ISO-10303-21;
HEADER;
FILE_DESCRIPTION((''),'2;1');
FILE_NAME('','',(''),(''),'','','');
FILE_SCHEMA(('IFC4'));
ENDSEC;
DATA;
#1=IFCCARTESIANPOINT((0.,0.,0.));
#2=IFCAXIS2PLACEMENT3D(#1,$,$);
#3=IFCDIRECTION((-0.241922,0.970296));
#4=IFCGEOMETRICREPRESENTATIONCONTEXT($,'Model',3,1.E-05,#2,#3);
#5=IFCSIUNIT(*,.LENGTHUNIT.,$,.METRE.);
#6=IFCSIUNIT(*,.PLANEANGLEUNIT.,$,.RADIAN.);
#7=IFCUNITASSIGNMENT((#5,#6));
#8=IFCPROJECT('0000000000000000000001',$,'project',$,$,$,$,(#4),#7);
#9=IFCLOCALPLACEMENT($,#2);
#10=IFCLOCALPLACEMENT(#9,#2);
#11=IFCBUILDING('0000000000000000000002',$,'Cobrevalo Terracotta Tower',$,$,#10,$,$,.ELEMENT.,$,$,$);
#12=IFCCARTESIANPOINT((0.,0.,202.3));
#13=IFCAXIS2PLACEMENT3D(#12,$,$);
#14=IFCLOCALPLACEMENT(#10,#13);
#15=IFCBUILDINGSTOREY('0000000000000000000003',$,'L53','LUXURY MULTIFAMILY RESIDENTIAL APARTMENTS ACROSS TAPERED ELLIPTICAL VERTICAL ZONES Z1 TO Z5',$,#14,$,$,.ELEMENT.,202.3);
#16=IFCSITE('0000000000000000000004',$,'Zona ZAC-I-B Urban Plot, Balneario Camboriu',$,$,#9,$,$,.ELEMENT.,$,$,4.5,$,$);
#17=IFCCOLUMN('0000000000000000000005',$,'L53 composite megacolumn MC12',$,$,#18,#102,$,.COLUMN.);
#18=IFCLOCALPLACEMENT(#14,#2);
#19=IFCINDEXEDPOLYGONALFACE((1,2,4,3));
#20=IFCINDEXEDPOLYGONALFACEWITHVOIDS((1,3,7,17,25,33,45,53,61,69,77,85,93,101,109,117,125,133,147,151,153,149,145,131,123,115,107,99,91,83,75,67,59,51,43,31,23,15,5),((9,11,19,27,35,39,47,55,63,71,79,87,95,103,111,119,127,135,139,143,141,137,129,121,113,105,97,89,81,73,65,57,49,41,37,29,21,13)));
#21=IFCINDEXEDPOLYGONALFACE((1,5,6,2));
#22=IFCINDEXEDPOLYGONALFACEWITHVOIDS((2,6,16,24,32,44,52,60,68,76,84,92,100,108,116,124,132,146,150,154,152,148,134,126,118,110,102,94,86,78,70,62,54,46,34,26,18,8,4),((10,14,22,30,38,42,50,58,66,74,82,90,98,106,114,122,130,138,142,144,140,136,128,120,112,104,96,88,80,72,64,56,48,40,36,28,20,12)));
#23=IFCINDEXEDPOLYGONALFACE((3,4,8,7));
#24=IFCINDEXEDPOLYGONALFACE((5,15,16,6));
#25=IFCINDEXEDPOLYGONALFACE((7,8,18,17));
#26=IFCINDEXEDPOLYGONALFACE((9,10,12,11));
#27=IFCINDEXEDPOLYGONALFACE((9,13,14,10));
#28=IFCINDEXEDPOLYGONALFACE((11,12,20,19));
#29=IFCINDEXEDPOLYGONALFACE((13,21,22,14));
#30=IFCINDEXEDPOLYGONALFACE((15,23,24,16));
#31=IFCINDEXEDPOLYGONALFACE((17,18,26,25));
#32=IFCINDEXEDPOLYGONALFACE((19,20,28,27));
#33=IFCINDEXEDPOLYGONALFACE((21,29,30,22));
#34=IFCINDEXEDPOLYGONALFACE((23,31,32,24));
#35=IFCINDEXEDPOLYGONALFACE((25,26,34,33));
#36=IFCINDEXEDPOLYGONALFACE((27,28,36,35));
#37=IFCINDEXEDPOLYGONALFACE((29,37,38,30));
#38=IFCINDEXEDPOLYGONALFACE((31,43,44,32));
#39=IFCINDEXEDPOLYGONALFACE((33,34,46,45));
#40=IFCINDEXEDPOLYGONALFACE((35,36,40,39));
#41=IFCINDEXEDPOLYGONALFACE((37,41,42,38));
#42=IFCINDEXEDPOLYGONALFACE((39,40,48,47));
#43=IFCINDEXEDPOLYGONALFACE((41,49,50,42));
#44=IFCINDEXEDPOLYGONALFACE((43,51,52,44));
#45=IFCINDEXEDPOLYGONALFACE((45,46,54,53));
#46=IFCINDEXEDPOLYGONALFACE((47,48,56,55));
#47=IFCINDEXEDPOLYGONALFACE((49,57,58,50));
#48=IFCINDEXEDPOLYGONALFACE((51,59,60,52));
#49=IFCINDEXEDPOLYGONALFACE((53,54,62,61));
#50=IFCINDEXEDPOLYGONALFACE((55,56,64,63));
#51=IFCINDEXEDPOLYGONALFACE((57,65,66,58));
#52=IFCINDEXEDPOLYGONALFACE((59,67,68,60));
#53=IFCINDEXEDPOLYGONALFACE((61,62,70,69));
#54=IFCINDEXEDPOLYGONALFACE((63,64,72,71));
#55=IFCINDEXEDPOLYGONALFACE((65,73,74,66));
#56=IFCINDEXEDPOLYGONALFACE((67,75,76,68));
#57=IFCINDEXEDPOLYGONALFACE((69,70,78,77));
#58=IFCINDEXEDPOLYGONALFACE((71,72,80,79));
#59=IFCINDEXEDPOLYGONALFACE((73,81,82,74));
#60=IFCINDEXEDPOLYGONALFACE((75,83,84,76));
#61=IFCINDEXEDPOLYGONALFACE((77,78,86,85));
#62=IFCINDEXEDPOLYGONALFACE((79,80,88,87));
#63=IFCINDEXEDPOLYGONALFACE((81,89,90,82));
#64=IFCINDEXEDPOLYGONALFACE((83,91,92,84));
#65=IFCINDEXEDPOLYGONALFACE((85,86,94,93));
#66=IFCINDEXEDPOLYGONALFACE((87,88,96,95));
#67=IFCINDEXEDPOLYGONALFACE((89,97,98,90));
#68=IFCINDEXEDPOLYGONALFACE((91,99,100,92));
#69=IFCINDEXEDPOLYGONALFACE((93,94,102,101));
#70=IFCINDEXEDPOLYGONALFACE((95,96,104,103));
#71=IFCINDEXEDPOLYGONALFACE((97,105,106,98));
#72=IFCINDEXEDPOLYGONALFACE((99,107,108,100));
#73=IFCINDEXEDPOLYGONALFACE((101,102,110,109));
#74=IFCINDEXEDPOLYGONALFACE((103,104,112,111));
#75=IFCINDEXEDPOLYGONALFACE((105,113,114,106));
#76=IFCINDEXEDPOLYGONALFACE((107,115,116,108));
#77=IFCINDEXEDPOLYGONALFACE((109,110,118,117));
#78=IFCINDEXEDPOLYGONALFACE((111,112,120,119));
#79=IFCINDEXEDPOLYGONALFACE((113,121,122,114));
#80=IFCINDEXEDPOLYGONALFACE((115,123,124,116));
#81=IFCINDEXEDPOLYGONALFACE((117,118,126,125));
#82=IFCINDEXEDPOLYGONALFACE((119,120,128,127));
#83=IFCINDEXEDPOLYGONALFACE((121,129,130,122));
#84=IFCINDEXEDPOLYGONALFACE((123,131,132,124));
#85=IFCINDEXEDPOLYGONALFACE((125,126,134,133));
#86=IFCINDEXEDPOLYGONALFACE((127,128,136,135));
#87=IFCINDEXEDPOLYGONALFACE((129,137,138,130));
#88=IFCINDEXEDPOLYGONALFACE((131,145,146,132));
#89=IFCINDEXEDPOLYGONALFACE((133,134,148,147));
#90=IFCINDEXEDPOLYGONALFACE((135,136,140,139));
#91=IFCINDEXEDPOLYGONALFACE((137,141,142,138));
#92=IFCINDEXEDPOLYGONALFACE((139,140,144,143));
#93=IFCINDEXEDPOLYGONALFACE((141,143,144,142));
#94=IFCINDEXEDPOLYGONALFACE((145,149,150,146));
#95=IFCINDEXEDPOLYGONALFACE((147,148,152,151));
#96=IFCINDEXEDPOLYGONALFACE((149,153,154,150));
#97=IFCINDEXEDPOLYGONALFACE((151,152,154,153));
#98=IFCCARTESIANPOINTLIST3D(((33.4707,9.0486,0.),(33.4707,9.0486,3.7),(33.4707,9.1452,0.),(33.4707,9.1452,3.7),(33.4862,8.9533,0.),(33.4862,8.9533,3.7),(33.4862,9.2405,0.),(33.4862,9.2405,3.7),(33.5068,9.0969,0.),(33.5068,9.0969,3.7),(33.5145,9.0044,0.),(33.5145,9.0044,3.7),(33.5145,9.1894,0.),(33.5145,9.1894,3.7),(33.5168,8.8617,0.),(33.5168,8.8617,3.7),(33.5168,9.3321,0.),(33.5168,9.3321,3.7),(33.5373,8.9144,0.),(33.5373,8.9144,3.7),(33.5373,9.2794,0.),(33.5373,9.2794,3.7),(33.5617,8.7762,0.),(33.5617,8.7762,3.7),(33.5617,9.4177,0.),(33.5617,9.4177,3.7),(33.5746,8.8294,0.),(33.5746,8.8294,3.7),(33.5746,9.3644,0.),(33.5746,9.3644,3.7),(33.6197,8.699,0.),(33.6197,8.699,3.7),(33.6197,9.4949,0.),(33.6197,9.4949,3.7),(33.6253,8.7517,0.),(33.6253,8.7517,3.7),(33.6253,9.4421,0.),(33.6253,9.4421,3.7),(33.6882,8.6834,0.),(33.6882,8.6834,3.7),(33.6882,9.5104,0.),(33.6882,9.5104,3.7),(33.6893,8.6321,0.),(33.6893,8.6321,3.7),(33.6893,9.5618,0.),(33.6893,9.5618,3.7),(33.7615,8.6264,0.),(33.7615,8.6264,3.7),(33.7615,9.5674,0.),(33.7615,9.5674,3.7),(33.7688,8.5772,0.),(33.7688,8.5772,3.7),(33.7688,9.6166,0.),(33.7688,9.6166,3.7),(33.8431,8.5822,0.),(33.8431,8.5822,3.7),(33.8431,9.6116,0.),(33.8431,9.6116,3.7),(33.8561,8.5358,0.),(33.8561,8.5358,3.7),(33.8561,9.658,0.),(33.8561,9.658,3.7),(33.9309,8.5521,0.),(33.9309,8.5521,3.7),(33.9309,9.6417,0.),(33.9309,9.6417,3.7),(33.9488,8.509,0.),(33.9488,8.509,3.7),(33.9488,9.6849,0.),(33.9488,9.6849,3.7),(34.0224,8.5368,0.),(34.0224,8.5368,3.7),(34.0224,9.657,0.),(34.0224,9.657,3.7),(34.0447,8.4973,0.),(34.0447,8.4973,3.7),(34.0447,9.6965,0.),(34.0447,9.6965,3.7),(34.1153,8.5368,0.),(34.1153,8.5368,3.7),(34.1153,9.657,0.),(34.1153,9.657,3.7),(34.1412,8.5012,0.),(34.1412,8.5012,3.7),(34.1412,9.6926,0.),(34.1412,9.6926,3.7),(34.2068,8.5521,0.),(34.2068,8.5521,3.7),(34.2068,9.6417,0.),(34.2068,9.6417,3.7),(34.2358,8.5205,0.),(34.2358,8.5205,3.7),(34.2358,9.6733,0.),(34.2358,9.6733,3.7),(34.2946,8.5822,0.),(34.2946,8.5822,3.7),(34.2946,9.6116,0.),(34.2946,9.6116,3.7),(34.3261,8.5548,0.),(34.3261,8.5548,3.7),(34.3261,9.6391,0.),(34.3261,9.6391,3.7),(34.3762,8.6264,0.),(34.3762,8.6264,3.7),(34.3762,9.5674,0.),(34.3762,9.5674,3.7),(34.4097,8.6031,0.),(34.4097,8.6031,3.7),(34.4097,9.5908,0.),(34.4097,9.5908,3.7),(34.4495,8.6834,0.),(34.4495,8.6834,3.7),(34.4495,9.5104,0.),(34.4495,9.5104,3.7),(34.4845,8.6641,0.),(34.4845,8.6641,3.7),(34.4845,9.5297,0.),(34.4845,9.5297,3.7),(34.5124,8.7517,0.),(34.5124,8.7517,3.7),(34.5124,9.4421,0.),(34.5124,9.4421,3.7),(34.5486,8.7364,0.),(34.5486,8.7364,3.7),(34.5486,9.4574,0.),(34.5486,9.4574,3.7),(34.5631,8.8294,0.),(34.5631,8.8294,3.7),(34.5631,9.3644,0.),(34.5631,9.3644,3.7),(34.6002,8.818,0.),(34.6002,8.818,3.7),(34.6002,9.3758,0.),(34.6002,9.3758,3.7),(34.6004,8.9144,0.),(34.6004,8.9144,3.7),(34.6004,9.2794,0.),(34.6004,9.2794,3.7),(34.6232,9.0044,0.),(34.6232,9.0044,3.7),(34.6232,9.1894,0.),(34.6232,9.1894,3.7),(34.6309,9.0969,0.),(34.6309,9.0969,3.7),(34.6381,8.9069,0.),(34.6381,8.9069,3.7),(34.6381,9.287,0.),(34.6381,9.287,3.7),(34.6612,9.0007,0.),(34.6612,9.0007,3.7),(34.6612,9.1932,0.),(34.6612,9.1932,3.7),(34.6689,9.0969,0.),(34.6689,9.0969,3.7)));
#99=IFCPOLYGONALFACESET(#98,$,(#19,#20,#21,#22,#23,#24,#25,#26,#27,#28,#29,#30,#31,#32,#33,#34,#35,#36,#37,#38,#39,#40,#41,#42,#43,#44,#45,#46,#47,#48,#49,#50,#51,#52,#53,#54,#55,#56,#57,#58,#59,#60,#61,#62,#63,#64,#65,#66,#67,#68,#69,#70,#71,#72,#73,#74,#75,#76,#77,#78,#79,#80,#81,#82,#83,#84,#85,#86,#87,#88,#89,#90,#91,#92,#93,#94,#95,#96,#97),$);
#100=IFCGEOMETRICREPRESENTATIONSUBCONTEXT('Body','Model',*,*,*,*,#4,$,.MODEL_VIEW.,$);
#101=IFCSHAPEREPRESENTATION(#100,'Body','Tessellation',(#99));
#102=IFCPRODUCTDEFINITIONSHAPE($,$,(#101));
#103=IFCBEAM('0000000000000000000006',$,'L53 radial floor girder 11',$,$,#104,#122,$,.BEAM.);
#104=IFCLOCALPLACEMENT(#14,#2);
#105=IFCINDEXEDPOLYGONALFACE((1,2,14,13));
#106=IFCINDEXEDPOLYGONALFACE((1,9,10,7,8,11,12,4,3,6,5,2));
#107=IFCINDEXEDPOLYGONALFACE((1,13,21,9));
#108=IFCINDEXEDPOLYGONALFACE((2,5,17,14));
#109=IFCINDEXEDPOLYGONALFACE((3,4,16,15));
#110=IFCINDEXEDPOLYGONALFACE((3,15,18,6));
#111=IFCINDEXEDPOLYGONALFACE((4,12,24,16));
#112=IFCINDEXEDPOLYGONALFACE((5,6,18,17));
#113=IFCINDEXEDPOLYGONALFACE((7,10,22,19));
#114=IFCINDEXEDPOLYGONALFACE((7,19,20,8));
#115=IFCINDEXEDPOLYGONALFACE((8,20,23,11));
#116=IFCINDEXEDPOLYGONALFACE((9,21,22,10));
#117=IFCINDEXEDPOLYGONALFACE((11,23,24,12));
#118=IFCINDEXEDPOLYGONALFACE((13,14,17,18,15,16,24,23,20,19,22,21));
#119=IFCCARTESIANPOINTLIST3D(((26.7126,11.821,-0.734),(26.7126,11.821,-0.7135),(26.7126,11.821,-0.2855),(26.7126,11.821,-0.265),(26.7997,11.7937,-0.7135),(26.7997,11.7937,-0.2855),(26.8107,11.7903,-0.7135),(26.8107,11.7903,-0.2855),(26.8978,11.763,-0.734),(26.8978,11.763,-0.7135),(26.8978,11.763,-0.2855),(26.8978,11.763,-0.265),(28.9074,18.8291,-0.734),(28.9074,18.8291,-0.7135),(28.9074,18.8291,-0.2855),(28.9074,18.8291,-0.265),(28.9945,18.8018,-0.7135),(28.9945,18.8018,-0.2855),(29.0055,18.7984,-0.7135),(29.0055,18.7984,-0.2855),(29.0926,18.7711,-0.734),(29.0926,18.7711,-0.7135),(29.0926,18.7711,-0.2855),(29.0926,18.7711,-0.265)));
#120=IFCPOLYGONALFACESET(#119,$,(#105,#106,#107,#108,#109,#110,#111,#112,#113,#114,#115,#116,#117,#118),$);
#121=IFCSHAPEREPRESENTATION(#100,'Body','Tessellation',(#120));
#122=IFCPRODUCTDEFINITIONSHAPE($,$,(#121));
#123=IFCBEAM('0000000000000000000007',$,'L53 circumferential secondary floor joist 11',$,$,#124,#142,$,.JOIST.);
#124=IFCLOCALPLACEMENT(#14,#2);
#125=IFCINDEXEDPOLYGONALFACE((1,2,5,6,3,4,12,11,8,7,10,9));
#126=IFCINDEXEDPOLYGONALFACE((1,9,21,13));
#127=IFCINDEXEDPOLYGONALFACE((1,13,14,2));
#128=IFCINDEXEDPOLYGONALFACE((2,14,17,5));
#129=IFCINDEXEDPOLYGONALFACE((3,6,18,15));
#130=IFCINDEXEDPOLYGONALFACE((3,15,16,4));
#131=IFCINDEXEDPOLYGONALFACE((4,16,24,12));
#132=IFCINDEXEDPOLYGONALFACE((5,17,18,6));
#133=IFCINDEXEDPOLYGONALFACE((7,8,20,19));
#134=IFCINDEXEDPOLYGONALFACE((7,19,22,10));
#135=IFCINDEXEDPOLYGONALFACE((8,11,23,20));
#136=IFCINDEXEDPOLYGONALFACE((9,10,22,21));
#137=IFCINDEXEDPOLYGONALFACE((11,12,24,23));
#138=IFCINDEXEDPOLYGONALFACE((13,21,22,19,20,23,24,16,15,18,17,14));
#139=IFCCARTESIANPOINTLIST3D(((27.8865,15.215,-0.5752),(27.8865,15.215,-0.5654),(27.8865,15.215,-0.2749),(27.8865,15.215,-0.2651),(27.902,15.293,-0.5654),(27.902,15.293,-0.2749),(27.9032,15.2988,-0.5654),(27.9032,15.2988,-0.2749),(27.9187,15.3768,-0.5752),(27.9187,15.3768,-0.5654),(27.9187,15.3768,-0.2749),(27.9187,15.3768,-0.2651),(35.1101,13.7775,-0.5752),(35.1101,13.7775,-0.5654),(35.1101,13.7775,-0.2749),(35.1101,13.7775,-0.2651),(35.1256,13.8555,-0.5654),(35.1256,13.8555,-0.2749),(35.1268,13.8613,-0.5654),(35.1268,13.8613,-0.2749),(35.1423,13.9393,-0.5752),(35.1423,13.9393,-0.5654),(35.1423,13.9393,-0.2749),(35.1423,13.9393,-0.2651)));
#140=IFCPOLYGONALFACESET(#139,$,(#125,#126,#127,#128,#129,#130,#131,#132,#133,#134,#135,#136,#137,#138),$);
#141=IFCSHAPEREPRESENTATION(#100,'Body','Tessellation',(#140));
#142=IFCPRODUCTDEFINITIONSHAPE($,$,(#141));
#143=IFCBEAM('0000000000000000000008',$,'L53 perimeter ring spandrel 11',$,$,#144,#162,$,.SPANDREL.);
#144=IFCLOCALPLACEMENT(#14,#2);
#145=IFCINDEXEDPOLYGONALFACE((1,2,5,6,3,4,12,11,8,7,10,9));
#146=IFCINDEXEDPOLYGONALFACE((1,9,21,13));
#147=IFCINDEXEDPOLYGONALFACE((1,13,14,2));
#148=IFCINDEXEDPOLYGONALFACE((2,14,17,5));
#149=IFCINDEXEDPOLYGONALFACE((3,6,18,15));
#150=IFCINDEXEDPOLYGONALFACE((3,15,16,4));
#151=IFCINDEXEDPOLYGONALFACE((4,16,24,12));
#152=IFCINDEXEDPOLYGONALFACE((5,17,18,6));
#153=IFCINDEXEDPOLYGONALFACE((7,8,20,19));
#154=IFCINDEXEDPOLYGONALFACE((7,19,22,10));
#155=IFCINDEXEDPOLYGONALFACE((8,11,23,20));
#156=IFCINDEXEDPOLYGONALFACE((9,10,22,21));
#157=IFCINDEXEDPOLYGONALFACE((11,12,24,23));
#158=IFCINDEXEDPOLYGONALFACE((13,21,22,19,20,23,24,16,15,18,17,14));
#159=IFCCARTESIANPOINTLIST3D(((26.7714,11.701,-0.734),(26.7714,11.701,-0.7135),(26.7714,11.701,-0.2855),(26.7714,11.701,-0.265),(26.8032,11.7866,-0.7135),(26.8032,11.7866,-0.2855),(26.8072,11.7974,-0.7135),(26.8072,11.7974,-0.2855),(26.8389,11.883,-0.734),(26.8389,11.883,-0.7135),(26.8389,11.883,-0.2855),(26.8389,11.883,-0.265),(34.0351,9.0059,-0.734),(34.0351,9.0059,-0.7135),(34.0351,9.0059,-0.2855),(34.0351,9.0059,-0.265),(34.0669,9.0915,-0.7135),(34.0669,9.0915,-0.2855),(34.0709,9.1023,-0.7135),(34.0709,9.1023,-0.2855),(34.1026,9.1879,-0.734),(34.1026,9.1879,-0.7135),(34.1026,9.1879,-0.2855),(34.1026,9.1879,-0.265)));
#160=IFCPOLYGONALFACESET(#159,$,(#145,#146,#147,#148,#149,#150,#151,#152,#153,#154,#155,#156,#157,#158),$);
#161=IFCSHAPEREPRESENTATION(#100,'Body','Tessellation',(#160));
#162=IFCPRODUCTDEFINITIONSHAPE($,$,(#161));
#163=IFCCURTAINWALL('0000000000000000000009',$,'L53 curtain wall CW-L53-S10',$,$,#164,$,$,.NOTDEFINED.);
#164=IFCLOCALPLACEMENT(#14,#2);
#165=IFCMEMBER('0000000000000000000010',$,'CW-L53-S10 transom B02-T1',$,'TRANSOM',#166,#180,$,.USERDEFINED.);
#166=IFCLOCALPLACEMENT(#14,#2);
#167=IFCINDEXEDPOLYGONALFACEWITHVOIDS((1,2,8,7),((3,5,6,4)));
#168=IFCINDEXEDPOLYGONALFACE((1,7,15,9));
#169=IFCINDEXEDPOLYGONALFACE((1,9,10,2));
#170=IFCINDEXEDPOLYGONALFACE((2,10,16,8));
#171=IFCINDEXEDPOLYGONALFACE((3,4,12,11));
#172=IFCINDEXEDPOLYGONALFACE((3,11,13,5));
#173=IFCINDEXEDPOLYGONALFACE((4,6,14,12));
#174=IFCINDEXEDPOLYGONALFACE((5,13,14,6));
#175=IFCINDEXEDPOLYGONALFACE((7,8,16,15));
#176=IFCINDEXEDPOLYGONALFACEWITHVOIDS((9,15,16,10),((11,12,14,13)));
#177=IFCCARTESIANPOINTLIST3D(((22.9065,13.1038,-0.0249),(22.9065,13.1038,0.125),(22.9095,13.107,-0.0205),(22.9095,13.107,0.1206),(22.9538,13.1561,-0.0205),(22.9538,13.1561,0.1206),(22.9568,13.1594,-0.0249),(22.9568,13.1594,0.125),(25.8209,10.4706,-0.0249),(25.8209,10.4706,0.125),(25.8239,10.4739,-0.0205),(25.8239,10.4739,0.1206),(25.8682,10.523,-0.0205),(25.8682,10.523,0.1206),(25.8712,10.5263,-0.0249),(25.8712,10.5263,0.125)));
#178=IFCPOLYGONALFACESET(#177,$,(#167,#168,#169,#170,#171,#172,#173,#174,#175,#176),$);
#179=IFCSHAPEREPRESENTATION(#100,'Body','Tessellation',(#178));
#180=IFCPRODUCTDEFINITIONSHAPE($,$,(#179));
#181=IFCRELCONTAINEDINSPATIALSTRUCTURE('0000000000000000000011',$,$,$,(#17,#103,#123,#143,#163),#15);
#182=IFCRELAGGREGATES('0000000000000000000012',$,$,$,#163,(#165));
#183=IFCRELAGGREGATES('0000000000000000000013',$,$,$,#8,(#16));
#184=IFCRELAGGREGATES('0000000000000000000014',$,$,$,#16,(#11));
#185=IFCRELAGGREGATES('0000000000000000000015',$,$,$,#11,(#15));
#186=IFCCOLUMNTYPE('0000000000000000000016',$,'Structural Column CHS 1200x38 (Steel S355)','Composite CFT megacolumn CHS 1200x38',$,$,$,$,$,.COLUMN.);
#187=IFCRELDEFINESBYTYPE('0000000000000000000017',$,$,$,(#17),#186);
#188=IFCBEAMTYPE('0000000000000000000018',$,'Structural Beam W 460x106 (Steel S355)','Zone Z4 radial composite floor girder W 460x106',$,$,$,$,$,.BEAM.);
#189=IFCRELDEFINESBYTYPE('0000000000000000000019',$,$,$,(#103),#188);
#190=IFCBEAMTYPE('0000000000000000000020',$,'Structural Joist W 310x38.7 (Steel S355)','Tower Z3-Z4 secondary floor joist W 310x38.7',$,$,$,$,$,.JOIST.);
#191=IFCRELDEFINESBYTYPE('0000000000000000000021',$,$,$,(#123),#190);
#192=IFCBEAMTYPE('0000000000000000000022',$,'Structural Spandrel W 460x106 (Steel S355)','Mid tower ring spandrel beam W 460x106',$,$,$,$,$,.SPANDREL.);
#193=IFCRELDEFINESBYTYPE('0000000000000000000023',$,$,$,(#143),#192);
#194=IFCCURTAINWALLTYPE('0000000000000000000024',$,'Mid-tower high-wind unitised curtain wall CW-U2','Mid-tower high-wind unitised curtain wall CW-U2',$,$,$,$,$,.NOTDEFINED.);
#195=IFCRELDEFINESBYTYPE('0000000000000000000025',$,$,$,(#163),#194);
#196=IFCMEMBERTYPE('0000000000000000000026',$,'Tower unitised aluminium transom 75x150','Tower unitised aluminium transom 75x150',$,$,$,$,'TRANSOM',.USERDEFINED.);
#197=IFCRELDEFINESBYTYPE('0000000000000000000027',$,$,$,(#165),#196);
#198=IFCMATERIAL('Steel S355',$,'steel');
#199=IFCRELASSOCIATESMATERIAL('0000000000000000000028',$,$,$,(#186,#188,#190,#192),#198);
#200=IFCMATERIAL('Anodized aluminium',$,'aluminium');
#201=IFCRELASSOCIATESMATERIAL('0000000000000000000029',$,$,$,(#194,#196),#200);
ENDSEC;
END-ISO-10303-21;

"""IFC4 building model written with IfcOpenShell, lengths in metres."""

from ifc_helpers import new_model, si_unit, direction, frame, origin, origin_2d, place, context, subcontext, project, spatial, hollow_rectangle, hollow_circle, i_section, extrude, source, transform, mapped, material, material_profile, profile_set, type_object, element, aggregate, save


model = new_model("IFC4")

# Units and contexts
model_context = context("Model", 3, precision=1e-05, world=origin(), true_north=direction((-0.241922, 0.970296)))
body_context = subcontext(model_context, "Body", "Model", "MODEL_VIEW")
ifc_project = project(units=[si_unit("LENGTHUNIT", "METRE"), si_unit("PLANEANGLEUNIT", "RADIAN")], contexts=[model_context])

# Site, building, storey
site_placement = place(None, origin())
site = spatial("IfcSite", under=ifc_project, at=site_placement, Name="Zona ZAC-I-B Urban Plot, Balneario Camboriu", CompositionType="ELEMENT", RefElevation=4.5)
building_placement = place(site_placement, origin())
building = spatial("IfcBuilding", under=site, at=building_placement, Name="Cobrevalo Terracotta Tower", CompositionType="ELEMENT")
storey_placement = place(building_placement, frame((0.0, 0.0, 202.3)))
storey = spatial("IfcBuildingStorey", under=building, at=storey_placement, Name="L53", Description="LUXURY MULTIFAMILY RESIDENTIAL APARTMENTS ACROSS TAPERED ELLIPTICAL VERTICAL ZONES Z1 TO Z5", CompositionType="ELEMENT", Elevation=202.3)

# Column
ifc_material_1 = material(Name="Steel S355", Category="steel")
ifc_material_profile_1 = material_profile(ifc_material_1, hollow_circle(Radius=0.6001, WallThickness=0.0381, at=origin_2d()), Name="CHS 1200x38")
ifc_profile_set_1 = profile_set([ifc_material_profile_1], Name="Steel S355")
column_type = type_object("IfcColumnType", Name="Structural Column CHS 1200x38 (Steel S355)", Description="Composite CFT megacolumn CHS 1200x38", PredefinedType="COLUMN", material=ifc_profile_set_1)
for number, where, z_axis, x_axis, name in (
    (1, (34.0688, 9.0969, 0.0), (0.0, 0.0, 1.0), (1.0, 0.0, 0.0), "L53 composite megacolumn MC12"),
):
    element("IfcColumn", number, at=place(storey_placement, frame(where, z_axis=z_axis, x_axis=x_axis)), inside=storey, type_object=column_type, Name=name, PredefinedType="COLUMN", context=body_context, shape_type="SweptSolid", body=[
        extrude(hollow_circle(Radius=0.6001, WallThickness=0.0381, at=origin_2d()), origin(), (0.0, 0.0, 1.0), 3.7),
    ])

# Beams
ifc_material_profile_2 = material_profile(ifc_material_1, i_section(OverallWidth=0.1941, OverallDepth=0.469, WebThickness=0.0115, FlangeThickness=0.0205, at=origin_2d()), Name="W 460x106")
ifc_profile_set_2 = profile_set([ifc_material_profile_2], Name="Steel S355")
beam_type_1 = type_object("IfcBeamType", Name="Structural Beam W 460x106 (Steel S355)", Description="Zone Z4 radial composite floor girder W 460x106", PredefinedType="BEAM", material=ifc_profile_set_2)
beam_1_placement = place(storey_placement, frame((26.8052, 11.792, -0.4995), z_axis=(0.298871, 0.954293, 0.0), x_axis=(-0.954293, 0.298871, 0.0)))
element("IfcBeam", 2, at=beam_1_placement, inside=storey, type_object=beam_type_1, Name="L53 radial floor girder 11", PredefinedType="BEAM", context=body_context, shape_type="SweptSolid", body=[
    extrude(i_section(OverallWidth=0.1941, OverallDepth=0.469, WebThickness=0.0115, FlangeThickness=0.0205, at=origin_2d()), origin(), (0.0, 0.0, 1.0), 7.3438),
])
ifc_material_profile_3 = material_profile(ifc_material_1, i_section(OverallWidth=0.165, OverallDepth=0.3101, WebThickness=0.0059, FlangeThickness=0.0098, at=origin_2d()), Name="W 310x38.7")
ifc_profile_set_3 = profile_set([ifc_material_profile_3], Name="Steel S355")
beam_type_2 = type_object("IfcBeamType", Name="Structural Joist W 310x38.7 (Steel S355)", Description="Tower Z3-Z4 secondary floor joist W 310x38.7", PredefinedType="JOIST", material=ifc_profile_set_3)
beam_2_placement = place(storey_placement, frame((27.9026, 15.2959, -0.4202), z_axis=(0.980769, -0.195173, 0.0), x_axis=(0.195173, 0.980769, 0.0)))
element("IfcBeam", 3, at=beam_2_placement, inside=storey, type_object=beam_type_2, Name="L53 circumferential secondary floor joist 11", PredefinedType="JOIST", context=body_context, shape_type="SweptSolid", body=[
    extrude(i_section(OverallWidth=0.165, OverallDepth=0.3101, WebThickness=0.0059, FlangeThickness=0.0098, at=origin_2d()), origin(), (0.0, 0.0, 1.0), 7.3652),
])
ifc_material_profile_4 = material_profile(ifc_material_1, i_section(OverallWidth=0.1941, OverallDepth=0.469, WebThickness=0.0115, FlangeThickness=0.0205, at=origin_2d()), Name="W 460x106")
ifc_profile_set_4 = profile_set([ifc_material_profile_4], Name="Steel S355")
beam_type_3 = type_object("IfcBeamType", Name="Structural Spandrel W 460x106 (Steel S355)", Description="Mid tower ring spandrel beam W 460x106", PredefinedType="SPANDREL", material=ifc_profile_set_4)
beam_3_placement = place(storey_placement, frame((26.8052, 11.792, -0.4995), z_axis=(0.937546, -0.347861, 0.0), x_axis=(0.347861, 0.937546, 0.0)))
element("IfcBeam", 4, at=beam_3_placement, inside=storey, type_object=beam_type_3, Name="L53 perimeter ring spandrel 11", PredefinedType="SPANDREL", context=body_context, shape_type="SweptSolid", body=[
    extrude(i_section(OverallWidth=0.1941, OverallDepth=0.469, WebThickness=0.0115, FlangeThickness=0.0205, at=origin_2d()), origin(), (0.0, 0.0, 1.0), 7.7476),
])

# Curtain wall, member
ifc_material_2 = material(Name="Anodized aluminium", Category="aluminium")
curtain_wall_type = type_object("IfcCurtainWallType", Name="Mid-tower high-wind unitised curtain wall CW-U2", Description="Mid-tower high-wind unitised curtain wall CW-U2", PredefinedType="NOTDEFINED", material=ifc_material_2)
curtain_wall_placement = place(storey_placement, origin())
curtain_wall = element("IfcCurtainWall", 5, at=curtain_wall_placement, inside=storey, type_object=curtain_wall_type, Name="L53 curtain wall CW-L53-S10", PredefinedType="NOTDEFINED")
ifc_material_profile_5 = material_profile(ifc_material_2, hollow_rectangle(XDim=0.075, YDim=0.1499, WallThickness=0.0044, at=origin_2d()), Name="CWT 75x150")
ifc_profile_set_5 = profile_set([ifc_material_profile_5], Name="Anodized aluminium")
member_type_1 = type_object("IfcMemberType", Name="Tower unitised aluminium transom 75x150", Description="Tower unitised aluminium transom 75x150", ElementType="TRANSOM", PredefinedType="USERDEFINED", material=ifc_profile_set_5)
shared_shape_1 = source(origin(), body_context, "Body", "SweptSolid", [
    extrude(hollow_rectangle(XDim=0.075, YDim=0.1499, WallThickness=0.0044, at=origin_2d()), origin(), (0.0, 0.0, 1.0), 3.9277),
])
member_1_placement = place(storey_placement, frame((22.9316, 13.1316, 0.05), z_axis=(0.742004, -0.670396, 0.0), x_axis=(0.670396, 0.742004, 0.0)))
member_1 = element("IfcMember", 6, at=member_1_placement, type_object=member_type_1, Name="CW-L53-S10 transom B02-T1", ObjectType="TRANSOM", PredefinedType="USERDEFINED", context=body_context, shape_type="MappedRepresentation", body=[
    mapped(shared_shape_1, transform((0.0, 0.0, 0.0), scale=1.0)),
])
aggregate(curtain_wall, [member_1])

save(model, "model.ifc")
